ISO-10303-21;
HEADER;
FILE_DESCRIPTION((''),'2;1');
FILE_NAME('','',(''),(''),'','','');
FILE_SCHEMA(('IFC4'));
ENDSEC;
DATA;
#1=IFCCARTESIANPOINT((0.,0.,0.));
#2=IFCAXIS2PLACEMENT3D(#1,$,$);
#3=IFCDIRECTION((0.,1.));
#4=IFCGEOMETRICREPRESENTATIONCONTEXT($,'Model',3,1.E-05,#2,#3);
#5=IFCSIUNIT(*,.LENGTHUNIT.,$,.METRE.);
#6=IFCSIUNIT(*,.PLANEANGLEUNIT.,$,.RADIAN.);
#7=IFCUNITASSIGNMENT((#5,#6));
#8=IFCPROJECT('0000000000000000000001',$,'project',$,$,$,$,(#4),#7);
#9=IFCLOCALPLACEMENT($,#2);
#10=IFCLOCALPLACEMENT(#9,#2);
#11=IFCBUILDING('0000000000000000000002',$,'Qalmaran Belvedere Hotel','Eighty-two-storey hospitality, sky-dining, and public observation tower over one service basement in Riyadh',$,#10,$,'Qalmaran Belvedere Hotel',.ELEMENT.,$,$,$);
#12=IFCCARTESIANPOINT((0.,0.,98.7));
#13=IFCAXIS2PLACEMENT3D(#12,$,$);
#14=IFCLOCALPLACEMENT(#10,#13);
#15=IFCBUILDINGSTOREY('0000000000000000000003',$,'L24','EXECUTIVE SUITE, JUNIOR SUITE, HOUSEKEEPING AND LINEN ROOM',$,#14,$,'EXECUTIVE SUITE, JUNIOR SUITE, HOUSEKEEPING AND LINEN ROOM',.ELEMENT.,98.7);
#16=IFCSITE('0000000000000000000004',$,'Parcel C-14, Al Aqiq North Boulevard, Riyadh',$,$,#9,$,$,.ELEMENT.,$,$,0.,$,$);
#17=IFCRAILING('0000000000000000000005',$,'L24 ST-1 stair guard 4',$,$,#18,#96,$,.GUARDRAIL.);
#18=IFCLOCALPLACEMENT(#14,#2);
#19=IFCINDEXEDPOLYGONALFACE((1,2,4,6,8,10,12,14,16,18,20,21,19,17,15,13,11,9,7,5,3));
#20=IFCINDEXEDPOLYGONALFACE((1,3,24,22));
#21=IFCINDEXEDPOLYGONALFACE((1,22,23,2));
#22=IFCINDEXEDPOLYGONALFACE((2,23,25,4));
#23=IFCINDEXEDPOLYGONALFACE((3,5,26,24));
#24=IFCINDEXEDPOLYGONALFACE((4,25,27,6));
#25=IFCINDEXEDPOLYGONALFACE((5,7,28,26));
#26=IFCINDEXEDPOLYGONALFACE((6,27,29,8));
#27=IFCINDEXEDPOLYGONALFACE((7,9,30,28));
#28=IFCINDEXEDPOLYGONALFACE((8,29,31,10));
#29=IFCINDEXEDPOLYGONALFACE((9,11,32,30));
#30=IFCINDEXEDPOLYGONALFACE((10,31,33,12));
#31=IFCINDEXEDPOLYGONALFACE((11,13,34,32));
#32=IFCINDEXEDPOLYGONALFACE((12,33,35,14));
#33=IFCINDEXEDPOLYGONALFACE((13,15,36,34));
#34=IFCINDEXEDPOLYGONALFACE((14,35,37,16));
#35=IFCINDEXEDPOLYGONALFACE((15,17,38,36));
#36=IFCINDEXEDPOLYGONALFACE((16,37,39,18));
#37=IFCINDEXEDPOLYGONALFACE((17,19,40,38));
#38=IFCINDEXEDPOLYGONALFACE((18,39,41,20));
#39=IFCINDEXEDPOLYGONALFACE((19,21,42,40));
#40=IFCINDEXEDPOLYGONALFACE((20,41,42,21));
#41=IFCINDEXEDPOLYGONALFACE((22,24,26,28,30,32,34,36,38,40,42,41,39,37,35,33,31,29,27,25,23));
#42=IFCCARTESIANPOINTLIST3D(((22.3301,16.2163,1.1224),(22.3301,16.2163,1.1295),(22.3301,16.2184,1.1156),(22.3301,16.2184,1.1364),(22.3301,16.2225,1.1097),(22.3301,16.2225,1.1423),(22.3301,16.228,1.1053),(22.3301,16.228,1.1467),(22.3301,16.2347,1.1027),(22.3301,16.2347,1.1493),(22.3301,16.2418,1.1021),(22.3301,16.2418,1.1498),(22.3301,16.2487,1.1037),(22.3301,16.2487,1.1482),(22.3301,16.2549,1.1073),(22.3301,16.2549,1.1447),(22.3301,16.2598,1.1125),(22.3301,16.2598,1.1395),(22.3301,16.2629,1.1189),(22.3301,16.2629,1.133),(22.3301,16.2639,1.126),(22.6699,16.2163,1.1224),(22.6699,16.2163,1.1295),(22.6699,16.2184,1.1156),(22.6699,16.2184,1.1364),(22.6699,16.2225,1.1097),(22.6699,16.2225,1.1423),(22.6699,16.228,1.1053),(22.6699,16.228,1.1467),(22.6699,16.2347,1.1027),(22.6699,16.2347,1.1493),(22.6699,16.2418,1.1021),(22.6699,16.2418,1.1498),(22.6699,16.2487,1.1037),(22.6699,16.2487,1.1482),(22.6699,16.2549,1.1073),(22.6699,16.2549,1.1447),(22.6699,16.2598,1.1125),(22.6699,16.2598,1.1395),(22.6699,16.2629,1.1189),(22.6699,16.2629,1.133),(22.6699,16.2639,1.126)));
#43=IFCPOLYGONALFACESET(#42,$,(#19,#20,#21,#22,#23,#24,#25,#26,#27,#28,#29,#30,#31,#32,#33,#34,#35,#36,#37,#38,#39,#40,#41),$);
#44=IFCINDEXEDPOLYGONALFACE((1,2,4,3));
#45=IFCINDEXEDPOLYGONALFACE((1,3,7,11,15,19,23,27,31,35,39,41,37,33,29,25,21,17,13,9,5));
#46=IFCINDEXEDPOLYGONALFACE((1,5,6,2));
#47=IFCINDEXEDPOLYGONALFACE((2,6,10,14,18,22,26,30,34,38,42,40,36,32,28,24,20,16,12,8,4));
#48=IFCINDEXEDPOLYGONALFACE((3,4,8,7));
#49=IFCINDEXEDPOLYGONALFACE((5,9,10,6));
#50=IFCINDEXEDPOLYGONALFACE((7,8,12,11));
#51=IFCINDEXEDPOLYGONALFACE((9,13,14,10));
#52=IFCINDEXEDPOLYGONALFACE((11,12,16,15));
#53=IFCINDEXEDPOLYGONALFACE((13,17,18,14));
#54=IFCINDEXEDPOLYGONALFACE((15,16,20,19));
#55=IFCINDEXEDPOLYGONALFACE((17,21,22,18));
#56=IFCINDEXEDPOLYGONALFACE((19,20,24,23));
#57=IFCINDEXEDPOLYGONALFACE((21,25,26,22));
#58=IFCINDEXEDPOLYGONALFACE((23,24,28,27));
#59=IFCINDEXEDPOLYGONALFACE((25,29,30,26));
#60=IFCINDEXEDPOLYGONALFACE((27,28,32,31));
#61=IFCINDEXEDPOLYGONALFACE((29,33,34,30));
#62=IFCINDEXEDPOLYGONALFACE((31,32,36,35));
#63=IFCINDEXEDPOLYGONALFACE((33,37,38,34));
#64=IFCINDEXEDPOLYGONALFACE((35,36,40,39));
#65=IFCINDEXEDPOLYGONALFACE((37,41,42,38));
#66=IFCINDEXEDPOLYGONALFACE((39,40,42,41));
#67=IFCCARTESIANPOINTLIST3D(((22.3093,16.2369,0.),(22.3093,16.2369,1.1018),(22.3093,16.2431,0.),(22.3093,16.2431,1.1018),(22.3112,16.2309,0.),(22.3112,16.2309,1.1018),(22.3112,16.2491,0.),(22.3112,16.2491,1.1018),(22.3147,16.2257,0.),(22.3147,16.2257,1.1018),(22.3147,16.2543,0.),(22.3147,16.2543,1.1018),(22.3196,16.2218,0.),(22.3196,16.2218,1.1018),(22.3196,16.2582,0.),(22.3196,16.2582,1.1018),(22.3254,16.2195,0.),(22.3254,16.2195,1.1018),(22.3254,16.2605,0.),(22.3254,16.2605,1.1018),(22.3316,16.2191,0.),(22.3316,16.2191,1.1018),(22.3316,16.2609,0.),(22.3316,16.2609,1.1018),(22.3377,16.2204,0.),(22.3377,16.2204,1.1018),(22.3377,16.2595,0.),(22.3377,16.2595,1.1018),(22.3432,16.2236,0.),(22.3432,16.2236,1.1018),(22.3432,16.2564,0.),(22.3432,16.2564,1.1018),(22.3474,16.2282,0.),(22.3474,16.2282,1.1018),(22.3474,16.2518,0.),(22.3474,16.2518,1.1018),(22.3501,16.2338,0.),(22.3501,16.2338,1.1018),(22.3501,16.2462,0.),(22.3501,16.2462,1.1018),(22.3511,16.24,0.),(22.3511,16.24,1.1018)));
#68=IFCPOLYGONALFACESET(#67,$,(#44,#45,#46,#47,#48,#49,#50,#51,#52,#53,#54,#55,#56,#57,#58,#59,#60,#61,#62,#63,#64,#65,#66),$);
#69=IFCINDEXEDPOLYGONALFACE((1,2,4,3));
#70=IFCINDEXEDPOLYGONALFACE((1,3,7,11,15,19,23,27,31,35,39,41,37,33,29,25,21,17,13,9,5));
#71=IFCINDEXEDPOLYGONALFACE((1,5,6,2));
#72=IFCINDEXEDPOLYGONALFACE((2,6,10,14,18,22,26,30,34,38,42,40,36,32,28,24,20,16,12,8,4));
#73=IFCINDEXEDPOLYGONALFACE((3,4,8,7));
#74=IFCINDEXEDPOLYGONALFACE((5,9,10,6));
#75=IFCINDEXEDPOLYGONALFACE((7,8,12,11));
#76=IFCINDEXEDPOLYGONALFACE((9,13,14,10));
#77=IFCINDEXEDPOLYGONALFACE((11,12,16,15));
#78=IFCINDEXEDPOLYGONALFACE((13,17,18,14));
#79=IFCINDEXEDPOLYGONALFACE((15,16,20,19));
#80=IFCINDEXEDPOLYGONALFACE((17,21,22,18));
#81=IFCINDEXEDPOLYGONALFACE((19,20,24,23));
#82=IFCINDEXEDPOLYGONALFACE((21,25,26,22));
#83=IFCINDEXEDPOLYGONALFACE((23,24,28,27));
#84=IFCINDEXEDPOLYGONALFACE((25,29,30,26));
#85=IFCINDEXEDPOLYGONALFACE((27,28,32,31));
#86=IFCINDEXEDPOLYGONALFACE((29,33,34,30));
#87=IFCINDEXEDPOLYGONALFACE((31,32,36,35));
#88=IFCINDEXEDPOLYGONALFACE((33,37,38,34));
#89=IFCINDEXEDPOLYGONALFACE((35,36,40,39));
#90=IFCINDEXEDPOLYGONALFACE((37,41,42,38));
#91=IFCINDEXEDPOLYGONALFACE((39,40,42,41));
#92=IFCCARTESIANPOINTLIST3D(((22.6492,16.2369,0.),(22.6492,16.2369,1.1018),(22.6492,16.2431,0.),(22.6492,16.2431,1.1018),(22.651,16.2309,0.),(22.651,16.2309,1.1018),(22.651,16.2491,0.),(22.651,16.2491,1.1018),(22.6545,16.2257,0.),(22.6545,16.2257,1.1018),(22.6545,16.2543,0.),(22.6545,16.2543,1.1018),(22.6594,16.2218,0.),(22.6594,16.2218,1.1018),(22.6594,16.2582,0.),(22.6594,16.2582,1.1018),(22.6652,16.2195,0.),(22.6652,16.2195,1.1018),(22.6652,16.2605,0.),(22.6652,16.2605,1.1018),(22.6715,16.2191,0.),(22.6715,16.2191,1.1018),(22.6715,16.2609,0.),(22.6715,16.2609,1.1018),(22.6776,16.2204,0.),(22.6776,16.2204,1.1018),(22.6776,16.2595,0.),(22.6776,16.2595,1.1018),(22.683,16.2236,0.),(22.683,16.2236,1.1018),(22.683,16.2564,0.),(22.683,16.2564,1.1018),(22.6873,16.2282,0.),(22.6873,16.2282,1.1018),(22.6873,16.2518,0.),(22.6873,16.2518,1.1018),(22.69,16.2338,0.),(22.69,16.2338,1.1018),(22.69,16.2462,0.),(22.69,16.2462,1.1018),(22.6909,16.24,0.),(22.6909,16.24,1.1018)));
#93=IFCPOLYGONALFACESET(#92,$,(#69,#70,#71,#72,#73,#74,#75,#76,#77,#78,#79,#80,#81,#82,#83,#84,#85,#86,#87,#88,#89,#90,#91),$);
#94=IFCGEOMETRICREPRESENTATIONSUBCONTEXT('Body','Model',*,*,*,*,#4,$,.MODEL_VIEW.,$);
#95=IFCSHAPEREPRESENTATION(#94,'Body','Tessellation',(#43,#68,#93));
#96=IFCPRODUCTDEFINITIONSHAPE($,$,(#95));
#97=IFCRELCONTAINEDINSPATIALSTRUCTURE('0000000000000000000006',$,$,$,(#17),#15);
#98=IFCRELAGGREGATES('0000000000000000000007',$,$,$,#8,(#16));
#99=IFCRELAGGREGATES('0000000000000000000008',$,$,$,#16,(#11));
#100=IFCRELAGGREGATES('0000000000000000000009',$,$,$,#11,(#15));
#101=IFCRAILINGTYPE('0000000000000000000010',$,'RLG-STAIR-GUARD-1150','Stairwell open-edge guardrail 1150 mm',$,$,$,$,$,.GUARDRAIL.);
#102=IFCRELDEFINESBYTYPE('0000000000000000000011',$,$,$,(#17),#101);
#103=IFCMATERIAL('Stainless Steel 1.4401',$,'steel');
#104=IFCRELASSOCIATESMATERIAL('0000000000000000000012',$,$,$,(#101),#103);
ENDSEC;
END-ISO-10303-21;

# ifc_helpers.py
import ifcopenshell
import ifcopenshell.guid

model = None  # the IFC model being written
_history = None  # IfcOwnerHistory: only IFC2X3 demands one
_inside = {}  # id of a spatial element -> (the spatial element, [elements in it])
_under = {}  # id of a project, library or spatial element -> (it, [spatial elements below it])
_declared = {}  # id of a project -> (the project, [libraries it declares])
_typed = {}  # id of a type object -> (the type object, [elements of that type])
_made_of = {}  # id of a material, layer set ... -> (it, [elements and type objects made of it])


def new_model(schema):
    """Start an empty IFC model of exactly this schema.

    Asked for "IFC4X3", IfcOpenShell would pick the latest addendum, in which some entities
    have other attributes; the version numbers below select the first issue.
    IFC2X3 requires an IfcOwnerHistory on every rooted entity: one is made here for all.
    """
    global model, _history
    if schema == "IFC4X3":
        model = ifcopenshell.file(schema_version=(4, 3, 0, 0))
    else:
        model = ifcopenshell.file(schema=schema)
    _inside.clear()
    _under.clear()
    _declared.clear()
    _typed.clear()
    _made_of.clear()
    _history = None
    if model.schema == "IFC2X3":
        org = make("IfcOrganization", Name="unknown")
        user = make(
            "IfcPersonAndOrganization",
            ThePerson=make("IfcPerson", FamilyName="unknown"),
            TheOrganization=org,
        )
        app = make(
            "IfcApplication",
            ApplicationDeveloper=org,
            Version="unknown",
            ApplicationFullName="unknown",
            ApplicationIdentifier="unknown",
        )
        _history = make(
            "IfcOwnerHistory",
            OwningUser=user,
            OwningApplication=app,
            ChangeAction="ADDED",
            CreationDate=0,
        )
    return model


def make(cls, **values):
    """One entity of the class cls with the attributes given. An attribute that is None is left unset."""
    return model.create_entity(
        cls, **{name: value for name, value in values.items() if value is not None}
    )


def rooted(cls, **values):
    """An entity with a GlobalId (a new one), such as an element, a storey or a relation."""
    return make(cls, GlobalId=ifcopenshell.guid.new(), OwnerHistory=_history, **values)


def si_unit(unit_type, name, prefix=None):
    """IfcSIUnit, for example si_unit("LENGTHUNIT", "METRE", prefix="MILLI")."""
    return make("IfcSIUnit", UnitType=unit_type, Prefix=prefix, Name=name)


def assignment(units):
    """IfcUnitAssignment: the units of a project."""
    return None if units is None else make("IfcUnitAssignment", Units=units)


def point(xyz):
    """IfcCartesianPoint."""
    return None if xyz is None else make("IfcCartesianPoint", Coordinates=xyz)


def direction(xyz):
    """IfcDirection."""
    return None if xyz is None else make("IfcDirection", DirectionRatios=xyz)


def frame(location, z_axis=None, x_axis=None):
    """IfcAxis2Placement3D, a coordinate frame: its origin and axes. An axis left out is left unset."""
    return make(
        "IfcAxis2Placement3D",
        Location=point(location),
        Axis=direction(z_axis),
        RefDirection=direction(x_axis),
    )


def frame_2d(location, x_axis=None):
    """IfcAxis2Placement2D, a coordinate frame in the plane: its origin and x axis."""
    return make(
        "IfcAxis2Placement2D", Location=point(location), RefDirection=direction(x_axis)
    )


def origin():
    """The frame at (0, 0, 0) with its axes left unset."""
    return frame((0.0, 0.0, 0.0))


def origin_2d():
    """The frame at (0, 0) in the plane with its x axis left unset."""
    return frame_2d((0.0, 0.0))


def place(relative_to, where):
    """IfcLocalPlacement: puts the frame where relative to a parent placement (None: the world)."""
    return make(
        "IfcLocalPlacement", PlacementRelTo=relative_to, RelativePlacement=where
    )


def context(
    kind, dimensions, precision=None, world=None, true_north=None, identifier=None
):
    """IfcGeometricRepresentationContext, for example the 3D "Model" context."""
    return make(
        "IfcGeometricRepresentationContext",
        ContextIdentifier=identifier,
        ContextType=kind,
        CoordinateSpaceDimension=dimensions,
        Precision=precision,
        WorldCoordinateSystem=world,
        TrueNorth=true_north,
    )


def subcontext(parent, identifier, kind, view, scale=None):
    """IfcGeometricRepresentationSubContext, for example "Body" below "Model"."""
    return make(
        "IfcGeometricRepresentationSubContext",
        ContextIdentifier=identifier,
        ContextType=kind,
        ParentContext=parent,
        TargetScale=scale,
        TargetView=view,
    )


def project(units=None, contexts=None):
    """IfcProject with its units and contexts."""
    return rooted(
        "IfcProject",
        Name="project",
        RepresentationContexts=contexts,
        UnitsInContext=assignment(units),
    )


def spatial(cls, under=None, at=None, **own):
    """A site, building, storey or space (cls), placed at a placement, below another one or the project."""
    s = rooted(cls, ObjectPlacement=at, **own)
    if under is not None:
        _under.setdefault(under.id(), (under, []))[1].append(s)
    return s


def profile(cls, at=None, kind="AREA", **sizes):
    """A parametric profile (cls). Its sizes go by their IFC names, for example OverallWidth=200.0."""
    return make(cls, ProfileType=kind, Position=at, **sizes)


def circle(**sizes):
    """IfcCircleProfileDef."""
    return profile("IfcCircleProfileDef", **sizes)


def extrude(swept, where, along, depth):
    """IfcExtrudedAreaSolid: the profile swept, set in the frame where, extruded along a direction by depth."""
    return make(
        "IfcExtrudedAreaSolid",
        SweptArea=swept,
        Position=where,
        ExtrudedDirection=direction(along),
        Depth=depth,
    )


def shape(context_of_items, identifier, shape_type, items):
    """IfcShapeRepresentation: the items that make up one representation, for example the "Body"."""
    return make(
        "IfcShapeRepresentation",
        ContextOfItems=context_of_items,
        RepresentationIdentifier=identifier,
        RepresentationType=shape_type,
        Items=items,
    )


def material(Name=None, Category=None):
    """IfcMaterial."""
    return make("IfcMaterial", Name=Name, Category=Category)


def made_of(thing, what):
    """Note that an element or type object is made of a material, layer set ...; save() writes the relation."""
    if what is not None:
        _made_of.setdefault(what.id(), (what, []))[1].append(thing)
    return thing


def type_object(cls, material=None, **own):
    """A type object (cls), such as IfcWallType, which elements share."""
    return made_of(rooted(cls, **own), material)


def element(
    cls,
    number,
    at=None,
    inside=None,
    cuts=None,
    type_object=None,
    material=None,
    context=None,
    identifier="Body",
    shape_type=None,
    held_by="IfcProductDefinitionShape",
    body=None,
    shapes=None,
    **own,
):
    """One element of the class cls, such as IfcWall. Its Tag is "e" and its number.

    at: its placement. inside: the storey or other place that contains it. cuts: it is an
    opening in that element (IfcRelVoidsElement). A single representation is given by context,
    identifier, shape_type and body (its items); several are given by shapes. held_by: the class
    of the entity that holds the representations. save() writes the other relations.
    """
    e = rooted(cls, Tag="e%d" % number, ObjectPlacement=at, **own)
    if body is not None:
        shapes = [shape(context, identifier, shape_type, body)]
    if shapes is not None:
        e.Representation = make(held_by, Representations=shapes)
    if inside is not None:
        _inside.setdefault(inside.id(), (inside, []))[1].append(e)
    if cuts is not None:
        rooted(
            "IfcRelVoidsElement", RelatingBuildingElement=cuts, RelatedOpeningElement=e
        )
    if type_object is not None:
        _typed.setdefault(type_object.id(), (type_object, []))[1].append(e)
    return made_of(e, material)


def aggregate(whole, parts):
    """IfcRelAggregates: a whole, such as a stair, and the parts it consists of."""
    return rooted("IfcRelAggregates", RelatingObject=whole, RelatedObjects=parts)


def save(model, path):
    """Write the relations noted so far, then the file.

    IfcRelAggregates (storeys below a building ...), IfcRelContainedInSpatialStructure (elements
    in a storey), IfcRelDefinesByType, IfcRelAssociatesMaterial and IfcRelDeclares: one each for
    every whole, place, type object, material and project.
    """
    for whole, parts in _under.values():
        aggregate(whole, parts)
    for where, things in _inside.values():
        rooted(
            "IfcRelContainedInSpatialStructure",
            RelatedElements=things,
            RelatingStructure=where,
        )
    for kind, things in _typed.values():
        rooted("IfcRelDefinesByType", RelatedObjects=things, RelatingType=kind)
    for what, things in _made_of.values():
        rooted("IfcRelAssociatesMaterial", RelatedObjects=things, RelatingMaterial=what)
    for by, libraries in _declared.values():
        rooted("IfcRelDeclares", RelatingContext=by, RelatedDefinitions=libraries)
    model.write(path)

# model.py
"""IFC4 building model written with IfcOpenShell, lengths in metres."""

from ifc_helpers import new_model, si_unit, direction, frame, origin, origin_2d, place, context, subcontext, project, spatial, circle, extrude, material, type_object, element, save


model = new_model("IFC4")

# Units and contexts
model_context = context("Model", 3, precision=1e-05, world=origin(), true_north=direction((0.0, 1.0)))
body_context = subcontext(model_context, "Body", "Model", "MODEL_VIEW")
ifc_project = project(units=[si_unit("LENGTHUNIT", "METRE"), si_unit("PLANEANGLEUNIT", "RADIAN")], contexts=[model_context])

# Site, building, storey
site_placement = place(None, origin())
site = spatial("IfcSite", under=ifc_project, at=site_placement, Name="Parcel C-14, Al Aqiq North Boulevard, Riyadh", CompositionType="ELEMENT", RefElevation=0.0)
building_placement = place(site_placement, origin())
building = spatial("IfcBuilding", under=site, at=building_placement, Name="Qalmaran Belvedere Hotel", Description="Eighty-two-storey hospitality, sky-dining, and public observation tower over one service basement in Riyadh", LongName="Qalmaran Belvedere Hotel", CompositionType="ELEMENT")
storey_placement = place(building_placement, frame((0.0, 0.0, 98.7)))
storey = spatial("IfcBuildingStorey", under=building, at=storey_placement, Name="L24", Description="EXECUTIVE SUITE, JUNIOR SUITE, HOUSEKEEPING AND LINEN ROOM", LongName="EXECUTIVE SUITE, JUNIOR SUITE, HOUSEKEEPING AND LINEN ROOM", CompositionType="ELEMENT", Elevation=98.7)

# Railing
ifc_material_1 = material(Name="Stainless Steel 1.4401", Category="steel")
railing_type_1 = type_object("IfcRailingType", Name="RLG-STAIR-GUARD-1150", Description="Stairwell open-edge guardrail 1150 mm", PredefinedType="GUARDRAIL", material=ifc_material_1)
railing_1_placement = place(storey_placement, frame((22.3301, 16.24, 0.0)))
element("IfcRailing", 1, at=railing_1_placement, inside=storey, type_object=railing_type_1, Name="L24 ST-1 stair guard 4", PredefinedType="GUARDRAIL", context=body_context, shape_type="SweptSolid", body=[
    extrude(circle(Radius=0.0239, at=origin_2d()), frame((0.0, 0.0, 1.126), z_axis=(1.0, 0.0, 0.0), x_axis=(0.0, 1.0, 0.0)), (0.0, 0.0, 1.0), 0.3398),
    extrude(circle(Radius=0.021, at=origin_2d()), origin(), (0.0, 0.0, 1.0), 1.1018),
    extrude(circle(Radius=0.021, at=origin_2d()), frame((0.3398, 0.0, 0.0)), (0.0, 0.0, 1.0), 1.1018),
])

save(model, "model.ifc")
